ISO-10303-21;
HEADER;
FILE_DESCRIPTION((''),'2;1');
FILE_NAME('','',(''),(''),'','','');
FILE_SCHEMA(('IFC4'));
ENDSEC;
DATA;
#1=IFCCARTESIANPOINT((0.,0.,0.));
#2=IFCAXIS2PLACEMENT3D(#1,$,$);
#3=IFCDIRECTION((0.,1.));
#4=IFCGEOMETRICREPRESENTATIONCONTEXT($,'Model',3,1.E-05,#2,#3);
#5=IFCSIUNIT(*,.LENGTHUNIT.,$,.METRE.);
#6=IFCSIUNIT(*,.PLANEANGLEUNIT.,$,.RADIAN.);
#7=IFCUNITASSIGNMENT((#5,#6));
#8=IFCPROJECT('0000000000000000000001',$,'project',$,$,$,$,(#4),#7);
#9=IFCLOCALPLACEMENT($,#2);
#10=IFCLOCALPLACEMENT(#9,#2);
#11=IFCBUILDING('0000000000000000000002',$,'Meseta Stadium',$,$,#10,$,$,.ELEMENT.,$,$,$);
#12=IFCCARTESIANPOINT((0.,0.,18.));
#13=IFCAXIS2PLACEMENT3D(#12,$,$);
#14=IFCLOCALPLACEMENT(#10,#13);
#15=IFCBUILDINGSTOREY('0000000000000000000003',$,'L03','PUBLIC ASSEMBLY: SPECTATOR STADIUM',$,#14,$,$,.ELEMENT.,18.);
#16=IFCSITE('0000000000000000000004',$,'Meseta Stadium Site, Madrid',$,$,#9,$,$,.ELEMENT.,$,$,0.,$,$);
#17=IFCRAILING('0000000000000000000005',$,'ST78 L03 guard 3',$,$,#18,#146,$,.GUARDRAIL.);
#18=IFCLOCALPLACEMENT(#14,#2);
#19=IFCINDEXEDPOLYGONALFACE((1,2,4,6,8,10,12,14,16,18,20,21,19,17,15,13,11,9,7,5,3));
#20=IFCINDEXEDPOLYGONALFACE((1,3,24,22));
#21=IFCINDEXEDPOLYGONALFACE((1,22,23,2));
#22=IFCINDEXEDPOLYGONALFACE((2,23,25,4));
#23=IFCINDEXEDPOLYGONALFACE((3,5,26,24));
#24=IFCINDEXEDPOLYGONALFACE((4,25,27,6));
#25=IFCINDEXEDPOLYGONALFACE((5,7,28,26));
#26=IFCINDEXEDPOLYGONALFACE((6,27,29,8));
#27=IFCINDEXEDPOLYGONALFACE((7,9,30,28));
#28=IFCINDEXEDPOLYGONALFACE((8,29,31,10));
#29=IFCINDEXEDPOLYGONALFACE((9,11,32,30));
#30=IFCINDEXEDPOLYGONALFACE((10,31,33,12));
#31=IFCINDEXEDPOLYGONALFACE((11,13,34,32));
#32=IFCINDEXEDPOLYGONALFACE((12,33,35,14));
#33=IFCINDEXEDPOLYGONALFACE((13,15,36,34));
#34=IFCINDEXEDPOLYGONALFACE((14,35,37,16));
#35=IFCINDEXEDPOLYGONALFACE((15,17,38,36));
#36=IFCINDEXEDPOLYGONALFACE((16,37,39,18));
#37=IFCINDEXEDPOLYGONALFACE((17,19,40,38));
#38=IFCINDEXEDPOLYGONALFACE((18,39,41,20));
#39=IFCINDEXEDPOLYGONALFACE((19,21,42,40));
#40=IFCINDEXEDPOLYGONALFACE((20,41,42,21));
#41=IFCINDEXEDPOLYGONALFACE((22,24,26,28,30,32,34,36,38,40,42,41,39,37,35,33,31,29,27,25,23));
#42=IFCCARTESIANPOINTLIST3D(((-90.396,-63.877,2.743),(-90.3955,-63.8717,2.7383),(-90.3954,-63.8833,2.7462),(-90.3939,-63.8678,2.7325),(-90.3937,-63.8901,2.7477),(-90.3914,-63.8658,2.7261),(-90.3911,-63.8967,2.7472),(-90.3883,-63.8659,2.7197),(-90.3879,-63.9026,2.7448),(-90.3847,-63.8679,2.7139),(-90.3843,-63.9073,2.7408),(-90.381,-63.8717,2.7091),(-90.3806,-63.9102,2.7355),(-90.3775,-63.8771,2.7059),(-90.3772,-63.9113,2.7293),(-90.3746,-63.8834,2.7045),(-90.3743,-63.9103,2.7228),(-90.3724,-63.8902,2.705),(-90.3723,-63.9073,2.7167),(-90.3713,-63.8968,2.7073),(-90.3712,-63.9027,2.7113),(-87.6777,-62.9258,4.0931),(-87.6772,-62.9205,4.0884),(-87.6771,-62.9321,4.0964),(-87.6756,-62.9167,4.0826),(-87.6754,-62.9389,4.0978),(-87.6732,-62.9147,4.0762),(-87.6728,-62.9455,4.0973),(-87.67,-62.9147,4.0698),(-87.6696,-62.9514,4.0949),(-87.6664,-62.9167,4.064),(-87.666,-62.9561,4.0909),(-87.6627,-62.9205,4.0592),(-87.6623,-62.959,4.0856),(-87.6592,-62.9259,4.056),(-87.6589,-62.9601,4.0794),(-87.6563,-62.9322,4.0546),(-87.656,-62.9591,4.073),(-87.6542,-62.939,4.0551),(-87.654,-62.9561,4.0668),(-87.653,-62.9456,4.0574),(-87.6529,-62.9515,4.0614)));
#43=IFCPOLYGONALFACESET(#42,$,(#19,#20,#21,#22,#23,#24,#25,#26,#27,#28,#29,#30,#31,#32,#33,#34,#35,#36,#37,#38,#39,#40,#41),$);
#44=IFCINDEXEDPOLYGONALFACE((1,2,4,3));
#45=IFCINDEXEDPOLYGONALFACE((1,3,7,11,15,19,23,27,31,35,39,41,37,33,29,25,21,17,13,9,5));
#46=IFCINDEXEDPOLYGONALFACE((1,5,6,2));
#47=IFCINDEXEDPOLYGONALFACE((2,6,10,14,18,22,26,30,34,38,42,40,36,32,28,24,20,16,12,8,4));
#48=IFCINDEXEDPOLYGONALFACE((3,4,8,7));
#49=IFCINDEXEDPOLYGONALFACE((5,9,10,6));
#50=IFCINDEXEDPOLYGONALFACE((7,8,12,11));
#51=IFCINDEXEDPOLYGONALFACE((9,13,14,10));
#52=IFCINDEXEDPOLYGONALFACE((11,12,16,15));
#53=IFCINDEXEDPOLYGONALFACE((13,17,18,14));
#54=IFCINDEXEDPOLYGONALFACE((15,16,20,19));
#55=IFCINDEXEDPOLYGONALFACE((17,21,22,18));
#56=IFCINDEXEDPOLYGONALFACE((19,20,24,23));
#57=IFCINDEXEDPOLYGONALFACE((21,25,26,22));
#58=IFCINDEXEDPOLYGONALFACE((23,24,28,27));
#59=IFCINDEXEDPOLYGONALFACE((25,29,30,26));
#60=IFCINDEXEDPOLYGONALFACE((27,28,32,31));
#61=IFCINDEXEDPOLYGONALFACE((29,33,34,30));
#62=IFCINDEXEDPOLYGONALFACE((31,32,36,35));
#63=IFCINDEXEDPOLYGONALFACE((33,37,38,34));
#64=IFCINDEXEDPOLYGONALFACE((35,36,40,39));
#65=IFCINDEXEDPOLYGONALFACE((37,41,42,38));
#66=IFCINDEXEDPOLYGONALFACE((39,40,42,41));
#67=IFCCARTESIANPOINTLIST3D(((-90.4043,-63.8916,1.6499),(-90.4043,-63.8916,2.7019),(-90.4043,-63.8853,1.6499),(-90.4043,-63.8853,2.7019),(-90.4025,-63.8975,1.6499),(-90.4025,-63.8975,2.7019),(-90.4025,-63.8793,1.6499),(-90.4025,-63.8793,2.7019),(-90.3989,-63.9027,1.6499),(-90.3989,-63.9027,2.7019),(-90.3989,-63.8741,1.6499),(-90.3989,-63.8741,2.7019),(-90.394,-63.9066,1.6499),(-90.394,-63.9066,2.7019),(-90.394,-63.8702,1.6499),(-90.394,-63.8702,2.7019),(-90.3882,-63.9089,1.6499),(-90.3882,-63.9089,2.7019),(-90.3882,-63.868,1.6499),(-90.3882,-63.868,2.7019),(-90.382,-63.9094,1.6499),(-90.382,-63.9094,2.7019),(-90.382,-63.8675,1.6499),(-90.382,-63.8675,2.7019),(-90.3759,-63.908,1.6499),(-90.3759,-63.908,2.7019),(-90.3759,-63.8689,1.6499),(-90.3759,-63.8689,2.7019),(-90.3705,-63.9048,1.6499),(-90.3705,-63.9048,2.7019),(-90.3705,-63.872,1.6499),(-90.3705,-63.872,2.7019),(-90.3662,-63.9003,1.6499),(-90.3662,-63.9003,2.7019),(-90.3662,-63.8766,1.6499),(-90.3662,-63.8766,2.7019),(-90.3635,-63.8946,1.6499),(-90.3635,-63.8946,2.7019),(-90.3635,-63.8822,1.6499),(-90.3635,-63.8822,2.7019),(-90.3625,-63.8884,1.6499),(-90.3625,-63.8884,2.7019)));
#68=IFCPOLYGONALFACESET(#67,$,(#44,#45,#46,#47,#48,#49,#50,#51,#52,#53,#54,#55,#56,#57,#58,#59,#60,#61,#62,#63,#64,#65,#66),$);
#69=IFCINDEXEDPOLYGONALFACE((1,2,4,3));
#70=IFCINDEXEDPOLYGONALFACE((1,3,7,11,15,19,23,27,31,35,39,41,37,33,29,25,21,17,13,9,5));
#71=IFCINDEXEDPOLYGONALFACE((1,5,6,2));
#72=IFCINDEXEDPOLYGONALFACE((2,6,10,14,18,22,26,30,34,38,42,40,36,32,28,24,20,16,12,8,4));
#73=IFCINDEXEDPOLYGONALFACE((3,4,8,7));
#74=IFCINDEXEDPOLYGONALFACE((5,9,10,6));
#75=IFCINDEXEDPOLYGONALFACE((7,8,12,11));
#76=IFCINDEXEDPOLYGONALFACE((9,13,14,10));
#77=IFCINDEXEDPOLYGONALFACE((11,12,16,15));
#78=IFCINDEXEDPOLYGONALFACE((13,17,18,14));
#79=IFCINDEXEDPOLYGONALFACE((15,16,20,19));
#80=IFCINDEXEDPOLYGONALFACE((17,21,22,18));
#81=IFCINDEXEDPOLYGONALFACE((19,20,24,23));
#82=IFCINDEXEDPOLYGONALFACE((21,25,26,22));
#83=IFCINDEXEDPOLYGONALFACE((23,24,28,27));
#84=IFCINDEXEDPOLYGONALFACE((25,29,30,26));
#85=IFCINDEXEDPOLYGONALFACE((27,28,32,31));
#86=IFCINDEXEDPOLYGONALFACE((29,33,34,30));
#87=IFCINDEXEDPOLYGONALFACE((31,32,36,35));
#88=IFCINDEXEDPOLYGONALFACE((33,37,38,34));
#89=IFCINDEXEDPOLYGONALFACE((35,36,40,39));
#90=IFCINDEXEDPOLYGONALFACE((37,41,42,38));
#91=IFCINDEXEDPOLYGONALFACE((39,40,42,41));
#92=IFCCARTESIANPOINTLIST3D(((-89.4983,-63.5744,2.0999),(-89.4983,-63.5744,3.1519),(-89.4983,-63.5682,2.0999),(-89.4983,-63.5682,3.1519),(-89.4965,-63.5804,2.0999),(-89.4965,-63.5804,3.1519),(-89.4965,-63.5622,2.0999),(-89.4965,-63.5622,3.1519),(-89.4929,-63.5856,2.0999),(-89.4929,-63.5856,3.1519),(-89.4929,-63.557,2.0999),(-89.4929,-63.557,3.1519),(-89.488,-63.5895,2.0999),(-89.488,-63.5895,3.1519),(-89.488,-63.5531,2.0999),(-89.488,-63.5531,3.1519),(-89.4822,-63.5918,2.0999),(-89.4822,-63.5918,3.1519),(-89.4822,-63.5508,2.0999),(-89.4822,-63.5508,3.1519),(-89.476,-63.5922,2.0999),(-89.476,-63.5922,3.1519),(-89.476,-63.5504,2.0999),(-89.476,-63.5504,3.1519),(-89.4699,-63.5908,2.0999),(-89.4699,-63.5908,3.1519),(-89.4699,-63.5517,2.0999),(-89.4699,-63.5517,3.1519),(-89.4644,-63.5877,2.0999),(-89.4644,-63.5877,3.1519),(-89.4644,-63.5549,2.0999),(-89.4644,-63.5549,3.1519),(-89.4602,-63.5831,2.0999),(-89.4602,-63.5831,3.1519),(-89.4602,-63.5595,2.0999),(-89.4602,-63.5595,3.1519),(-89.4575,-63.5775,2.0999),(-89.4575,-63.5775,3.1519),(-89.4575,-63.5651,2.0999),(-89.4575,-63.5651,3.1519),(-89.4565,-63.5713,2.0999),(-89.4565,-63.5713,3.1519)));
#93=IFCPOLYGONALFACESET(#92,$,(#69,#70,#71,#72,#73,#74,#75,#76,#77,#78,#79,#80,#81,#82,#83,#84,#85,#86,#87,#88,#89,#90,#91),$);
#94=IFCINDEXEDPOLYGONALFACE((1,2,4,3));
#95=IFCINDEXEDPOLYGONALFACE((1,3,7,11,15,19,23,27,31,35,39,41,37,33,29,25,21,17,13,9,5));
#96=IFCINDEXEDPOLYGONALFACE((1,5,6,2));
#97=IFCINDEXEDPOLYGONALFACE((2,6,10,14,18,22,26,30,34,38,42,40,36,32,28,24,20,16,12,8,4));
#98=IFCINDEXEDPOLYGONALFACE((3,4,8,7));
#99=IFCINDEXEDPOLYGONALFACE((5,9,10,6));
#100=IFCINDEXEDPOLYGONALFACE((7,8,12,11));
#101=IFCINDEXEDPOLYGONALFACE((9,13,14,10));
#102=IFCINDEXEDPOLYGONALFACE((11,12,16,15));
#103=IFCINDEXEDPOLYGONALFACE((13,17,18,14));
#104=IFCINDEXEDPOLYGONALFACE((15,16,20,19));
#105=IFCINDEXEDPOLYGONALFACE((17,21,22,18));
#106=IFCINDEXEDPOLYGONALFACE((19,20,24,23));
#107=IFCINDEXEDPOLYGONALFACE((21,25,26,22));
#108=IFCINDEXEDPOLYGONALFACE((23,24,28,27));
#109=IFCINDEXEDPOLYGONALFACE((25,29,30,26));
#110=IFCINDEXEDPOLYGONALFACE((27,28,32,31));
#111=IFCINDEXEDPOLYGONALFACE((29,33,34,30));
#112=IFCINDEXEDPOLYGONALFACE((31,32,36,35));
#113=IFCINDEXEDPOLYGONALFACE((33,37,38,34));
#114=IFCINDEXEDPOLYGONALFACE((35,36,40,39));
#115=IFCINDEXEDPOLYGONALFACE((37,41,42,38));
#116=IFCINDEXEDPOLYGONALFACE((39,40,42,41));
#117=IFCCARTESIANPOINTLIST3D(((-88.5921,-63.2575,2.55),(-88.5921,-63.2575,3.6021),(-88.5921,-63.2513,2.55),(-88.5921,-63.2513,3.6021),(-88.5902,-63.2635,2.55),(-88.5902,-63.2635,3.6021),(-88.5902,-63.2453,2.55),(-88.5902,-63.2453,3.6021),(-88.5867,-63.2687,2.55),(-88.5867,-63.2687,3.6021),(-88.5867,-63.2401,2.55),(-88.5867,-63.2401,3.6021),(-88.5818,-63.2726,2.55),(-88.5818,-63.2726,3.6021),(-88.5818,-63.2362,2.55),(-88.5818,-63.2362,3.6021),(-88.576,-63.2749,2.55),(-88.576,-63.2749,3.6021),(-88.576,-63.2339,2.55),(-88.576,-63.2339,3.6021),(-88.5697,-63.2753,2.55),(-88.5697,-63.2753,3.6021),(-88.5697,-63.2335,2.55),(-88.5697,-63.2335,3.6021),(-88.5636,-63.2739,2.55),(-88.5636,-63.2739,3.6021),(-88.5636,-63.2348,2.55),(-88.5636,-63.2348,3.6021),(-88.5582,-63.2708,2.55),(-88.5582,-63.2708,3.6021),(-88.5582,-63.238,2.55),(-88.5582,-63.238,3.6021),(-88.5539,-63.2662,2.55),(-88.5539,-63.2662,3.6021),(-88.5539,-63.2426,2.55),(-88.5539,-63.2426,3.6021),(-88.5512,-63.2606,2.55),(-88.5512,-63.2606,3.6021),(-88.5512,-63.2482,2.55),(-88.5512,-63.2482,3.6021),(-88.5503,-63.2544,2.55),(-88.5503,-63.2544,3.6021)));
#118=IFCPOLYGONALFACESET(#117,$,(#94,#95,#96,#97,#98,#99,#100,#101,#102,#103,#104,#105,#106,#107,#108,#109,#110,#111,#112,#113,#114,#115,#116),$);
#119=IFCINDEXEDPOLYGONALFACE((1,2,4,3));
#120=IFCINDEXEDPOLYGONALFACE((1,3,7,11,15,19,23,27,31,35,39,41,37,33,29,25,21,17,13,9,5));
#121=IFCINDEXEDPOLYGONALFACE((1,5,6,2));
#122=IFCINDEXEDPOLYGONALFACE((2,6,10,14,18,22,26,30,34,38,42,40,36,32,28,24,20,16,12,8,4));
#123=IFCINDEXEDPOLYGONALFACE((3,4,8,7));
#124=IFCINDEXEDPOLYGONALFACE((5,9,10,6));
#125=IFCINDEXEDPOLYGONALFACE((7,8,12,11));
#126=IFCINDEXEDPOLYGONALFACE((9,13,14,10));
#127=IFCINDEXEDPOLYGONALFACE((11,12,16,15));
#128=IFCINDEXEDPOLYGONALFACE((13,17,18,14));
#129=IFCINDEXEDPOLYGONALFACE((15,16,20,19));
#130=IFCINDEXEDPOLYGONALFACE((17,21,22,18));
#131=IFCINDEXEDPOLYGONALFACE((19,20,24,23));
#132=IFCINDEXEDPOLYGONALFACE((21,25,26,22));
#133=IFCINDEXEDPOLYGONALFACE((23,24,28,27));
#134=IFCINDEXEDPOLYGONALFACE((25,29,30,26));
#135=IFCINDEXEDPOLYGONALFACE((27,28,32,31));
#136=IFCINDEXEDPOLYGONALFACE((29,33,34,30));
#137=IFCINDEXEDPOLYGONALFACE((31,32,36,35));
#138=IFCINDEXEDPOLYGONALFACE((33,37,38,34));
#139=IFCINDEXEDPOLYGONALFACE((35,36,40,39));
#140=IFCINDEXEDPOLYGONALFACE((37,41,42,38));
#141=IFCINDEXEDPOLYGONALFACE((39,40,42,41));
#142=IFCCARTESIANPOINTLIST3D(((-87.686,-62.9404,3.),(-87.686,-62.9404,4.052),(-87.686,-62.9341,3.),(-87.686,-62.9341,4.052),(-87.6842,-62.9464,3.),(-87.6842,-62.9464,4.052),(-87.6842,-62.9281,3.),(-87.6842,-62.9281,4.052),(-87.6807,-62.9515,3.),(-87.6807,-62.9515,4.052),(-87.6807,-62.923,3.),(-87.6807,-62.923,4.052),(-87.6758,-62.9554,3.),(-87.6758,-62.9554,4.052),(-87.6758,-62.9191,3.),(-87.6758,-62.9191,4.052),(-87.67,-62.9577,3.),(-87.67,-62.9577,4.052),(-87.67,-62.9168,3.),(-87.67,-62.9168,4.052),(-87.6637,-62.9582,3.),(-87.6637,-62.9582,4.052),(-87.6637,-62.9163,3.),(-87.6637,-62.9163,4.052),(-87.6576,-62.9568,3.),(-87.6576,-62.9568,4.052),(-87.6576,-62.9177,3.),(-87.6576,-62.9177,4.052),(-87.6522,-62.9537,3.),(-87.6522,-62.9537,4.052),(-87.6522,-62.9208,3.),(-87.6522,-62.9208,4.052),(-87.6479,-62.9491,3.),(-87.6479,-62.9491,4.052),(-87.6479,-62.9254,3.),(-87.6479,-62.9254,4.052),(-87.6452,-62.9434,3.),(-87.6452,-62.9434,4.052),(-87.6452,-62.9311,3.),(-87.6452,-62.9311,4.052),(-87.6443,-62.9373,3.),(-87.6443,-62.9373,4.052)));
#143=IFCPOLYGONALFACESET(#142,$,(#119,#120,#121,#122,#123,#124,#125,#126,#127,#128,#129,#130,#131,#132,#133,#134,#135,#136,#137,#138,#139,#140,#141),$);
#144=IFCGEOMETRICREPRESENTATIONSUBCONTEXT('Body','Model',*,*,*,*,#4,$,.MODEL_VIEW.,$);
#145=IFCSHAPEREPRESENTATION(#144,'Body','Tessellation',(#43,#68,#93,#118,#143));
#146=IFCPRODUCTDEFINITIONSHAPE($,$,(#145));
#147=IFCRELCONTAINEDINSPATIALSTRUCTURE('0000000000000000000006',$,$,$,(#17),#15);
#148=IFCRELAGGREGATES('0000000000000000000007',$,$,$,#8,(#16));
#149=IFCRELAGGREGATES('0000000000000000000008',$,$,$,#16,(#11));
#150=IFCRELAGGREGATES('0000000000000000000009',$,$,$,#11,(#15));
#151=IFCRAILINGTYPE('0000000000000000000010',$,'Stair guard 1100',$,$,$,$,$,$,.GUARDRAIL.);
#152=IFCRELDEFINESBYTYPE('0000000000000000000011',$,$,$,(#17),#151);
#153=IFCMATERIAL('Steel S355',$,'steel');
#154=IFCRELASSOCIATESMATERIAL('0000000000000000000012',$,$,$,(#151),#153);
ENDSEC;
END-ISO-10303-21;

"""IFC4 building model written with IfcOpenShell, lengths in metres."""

from ifc_helpers import new_model, si_unit, direction, frame, origin, origin_2d, place, context, subcontext, project, spatial, circle, extrude, material, type_object, element, save


model = new_model("IFC4")

# Units and contexts
model_context = context("Model", 3, precision=1e-05, world=origin(), true_north=direction((0.0, 1.0)))
body_context = subcontext(model_context, "Body", "Model", "MODEL_VIEW")
ifc_project = project(units=[si_unit("LENGTHUNIT", "METRE"), si_unit("PLANEANGLEUNIT", "RADIAN")], contexts=[model_context])

# Site, building, storey
site_placement = place(None, origin())
site = spatial("IfcSite", under=ifc_project, at=site_placement, Name="Meseta Stadium Site, Madrid", CompositionType="ELEMENT", RefElevation=0.0)
building_placement = place(site_placement, origin())
building = spatial("IfcBuilding", under=site, at=building_placement, Name="Meseta Stadium", CompositionType="ELEMENT")
storey_placement = place(building_placement, frame((0.0, 0.0, 18.0)))
storey = spatial("IfcBuildingStorey", under=building, at=storey_placement, Name="L03", Description="PUBLIC ASSEMBLY: SPECTATOR STADIUM", CompositionType="ELEMENT", Elevation=18.0)

# Railing
ifc_material_1 = material(Name="Steel S355", Category="steel")
railing_type_1 = type_object("IfcRailingType", Name="Stair guard 1100", PredefinedType="GUARDRAIL", material=ifc_material_1)
railing_1_placement = place(storey_placement, frame((-90.3835, -63.8884, 1.6499)))
element("IfcRailing", 1, at=railing_1_placement, inside=storey, type_object=railing_type_1, Name="ST78 L03 guard 3", PredefinedType="GUARDRAIL", context=body_context, shape_type="SweptSolid", body=[
    extrude(circle(Radius=0.0239, at=origin_2d()), frame((0.0, 0.0, 1.0762), z_axis=(0.854629, 0.299051, 0.424474), x_axis=(-0.330282, 0.943882, 0.0)), (0.0, 0.0, 1.0), 3.1807),
    extrude(circle(Radius=0.021, at=origin_2d()), origin(), (0.0, 0.0, 1.0), 1.052),
    extrude(circle(Radius=0.021, at=origin_2d()), frame((0.906, 0.3171, 0.45)), (0.0, 0.0, 1.0), 1.052),
    extrude(circle(Radius=0.021, at=origin_2d()), frame((1.8123, 0.634, 0.9001)), (0.0, 0.0, 1.0), 1.052),
    extrude(circle(Radius=0.021, at=origin_2d()), frame((2.7183, 0.9512, 1.3501)), (0.0, 0.0, 1.0), 1.052),
])

save(model, "model.ifc")
